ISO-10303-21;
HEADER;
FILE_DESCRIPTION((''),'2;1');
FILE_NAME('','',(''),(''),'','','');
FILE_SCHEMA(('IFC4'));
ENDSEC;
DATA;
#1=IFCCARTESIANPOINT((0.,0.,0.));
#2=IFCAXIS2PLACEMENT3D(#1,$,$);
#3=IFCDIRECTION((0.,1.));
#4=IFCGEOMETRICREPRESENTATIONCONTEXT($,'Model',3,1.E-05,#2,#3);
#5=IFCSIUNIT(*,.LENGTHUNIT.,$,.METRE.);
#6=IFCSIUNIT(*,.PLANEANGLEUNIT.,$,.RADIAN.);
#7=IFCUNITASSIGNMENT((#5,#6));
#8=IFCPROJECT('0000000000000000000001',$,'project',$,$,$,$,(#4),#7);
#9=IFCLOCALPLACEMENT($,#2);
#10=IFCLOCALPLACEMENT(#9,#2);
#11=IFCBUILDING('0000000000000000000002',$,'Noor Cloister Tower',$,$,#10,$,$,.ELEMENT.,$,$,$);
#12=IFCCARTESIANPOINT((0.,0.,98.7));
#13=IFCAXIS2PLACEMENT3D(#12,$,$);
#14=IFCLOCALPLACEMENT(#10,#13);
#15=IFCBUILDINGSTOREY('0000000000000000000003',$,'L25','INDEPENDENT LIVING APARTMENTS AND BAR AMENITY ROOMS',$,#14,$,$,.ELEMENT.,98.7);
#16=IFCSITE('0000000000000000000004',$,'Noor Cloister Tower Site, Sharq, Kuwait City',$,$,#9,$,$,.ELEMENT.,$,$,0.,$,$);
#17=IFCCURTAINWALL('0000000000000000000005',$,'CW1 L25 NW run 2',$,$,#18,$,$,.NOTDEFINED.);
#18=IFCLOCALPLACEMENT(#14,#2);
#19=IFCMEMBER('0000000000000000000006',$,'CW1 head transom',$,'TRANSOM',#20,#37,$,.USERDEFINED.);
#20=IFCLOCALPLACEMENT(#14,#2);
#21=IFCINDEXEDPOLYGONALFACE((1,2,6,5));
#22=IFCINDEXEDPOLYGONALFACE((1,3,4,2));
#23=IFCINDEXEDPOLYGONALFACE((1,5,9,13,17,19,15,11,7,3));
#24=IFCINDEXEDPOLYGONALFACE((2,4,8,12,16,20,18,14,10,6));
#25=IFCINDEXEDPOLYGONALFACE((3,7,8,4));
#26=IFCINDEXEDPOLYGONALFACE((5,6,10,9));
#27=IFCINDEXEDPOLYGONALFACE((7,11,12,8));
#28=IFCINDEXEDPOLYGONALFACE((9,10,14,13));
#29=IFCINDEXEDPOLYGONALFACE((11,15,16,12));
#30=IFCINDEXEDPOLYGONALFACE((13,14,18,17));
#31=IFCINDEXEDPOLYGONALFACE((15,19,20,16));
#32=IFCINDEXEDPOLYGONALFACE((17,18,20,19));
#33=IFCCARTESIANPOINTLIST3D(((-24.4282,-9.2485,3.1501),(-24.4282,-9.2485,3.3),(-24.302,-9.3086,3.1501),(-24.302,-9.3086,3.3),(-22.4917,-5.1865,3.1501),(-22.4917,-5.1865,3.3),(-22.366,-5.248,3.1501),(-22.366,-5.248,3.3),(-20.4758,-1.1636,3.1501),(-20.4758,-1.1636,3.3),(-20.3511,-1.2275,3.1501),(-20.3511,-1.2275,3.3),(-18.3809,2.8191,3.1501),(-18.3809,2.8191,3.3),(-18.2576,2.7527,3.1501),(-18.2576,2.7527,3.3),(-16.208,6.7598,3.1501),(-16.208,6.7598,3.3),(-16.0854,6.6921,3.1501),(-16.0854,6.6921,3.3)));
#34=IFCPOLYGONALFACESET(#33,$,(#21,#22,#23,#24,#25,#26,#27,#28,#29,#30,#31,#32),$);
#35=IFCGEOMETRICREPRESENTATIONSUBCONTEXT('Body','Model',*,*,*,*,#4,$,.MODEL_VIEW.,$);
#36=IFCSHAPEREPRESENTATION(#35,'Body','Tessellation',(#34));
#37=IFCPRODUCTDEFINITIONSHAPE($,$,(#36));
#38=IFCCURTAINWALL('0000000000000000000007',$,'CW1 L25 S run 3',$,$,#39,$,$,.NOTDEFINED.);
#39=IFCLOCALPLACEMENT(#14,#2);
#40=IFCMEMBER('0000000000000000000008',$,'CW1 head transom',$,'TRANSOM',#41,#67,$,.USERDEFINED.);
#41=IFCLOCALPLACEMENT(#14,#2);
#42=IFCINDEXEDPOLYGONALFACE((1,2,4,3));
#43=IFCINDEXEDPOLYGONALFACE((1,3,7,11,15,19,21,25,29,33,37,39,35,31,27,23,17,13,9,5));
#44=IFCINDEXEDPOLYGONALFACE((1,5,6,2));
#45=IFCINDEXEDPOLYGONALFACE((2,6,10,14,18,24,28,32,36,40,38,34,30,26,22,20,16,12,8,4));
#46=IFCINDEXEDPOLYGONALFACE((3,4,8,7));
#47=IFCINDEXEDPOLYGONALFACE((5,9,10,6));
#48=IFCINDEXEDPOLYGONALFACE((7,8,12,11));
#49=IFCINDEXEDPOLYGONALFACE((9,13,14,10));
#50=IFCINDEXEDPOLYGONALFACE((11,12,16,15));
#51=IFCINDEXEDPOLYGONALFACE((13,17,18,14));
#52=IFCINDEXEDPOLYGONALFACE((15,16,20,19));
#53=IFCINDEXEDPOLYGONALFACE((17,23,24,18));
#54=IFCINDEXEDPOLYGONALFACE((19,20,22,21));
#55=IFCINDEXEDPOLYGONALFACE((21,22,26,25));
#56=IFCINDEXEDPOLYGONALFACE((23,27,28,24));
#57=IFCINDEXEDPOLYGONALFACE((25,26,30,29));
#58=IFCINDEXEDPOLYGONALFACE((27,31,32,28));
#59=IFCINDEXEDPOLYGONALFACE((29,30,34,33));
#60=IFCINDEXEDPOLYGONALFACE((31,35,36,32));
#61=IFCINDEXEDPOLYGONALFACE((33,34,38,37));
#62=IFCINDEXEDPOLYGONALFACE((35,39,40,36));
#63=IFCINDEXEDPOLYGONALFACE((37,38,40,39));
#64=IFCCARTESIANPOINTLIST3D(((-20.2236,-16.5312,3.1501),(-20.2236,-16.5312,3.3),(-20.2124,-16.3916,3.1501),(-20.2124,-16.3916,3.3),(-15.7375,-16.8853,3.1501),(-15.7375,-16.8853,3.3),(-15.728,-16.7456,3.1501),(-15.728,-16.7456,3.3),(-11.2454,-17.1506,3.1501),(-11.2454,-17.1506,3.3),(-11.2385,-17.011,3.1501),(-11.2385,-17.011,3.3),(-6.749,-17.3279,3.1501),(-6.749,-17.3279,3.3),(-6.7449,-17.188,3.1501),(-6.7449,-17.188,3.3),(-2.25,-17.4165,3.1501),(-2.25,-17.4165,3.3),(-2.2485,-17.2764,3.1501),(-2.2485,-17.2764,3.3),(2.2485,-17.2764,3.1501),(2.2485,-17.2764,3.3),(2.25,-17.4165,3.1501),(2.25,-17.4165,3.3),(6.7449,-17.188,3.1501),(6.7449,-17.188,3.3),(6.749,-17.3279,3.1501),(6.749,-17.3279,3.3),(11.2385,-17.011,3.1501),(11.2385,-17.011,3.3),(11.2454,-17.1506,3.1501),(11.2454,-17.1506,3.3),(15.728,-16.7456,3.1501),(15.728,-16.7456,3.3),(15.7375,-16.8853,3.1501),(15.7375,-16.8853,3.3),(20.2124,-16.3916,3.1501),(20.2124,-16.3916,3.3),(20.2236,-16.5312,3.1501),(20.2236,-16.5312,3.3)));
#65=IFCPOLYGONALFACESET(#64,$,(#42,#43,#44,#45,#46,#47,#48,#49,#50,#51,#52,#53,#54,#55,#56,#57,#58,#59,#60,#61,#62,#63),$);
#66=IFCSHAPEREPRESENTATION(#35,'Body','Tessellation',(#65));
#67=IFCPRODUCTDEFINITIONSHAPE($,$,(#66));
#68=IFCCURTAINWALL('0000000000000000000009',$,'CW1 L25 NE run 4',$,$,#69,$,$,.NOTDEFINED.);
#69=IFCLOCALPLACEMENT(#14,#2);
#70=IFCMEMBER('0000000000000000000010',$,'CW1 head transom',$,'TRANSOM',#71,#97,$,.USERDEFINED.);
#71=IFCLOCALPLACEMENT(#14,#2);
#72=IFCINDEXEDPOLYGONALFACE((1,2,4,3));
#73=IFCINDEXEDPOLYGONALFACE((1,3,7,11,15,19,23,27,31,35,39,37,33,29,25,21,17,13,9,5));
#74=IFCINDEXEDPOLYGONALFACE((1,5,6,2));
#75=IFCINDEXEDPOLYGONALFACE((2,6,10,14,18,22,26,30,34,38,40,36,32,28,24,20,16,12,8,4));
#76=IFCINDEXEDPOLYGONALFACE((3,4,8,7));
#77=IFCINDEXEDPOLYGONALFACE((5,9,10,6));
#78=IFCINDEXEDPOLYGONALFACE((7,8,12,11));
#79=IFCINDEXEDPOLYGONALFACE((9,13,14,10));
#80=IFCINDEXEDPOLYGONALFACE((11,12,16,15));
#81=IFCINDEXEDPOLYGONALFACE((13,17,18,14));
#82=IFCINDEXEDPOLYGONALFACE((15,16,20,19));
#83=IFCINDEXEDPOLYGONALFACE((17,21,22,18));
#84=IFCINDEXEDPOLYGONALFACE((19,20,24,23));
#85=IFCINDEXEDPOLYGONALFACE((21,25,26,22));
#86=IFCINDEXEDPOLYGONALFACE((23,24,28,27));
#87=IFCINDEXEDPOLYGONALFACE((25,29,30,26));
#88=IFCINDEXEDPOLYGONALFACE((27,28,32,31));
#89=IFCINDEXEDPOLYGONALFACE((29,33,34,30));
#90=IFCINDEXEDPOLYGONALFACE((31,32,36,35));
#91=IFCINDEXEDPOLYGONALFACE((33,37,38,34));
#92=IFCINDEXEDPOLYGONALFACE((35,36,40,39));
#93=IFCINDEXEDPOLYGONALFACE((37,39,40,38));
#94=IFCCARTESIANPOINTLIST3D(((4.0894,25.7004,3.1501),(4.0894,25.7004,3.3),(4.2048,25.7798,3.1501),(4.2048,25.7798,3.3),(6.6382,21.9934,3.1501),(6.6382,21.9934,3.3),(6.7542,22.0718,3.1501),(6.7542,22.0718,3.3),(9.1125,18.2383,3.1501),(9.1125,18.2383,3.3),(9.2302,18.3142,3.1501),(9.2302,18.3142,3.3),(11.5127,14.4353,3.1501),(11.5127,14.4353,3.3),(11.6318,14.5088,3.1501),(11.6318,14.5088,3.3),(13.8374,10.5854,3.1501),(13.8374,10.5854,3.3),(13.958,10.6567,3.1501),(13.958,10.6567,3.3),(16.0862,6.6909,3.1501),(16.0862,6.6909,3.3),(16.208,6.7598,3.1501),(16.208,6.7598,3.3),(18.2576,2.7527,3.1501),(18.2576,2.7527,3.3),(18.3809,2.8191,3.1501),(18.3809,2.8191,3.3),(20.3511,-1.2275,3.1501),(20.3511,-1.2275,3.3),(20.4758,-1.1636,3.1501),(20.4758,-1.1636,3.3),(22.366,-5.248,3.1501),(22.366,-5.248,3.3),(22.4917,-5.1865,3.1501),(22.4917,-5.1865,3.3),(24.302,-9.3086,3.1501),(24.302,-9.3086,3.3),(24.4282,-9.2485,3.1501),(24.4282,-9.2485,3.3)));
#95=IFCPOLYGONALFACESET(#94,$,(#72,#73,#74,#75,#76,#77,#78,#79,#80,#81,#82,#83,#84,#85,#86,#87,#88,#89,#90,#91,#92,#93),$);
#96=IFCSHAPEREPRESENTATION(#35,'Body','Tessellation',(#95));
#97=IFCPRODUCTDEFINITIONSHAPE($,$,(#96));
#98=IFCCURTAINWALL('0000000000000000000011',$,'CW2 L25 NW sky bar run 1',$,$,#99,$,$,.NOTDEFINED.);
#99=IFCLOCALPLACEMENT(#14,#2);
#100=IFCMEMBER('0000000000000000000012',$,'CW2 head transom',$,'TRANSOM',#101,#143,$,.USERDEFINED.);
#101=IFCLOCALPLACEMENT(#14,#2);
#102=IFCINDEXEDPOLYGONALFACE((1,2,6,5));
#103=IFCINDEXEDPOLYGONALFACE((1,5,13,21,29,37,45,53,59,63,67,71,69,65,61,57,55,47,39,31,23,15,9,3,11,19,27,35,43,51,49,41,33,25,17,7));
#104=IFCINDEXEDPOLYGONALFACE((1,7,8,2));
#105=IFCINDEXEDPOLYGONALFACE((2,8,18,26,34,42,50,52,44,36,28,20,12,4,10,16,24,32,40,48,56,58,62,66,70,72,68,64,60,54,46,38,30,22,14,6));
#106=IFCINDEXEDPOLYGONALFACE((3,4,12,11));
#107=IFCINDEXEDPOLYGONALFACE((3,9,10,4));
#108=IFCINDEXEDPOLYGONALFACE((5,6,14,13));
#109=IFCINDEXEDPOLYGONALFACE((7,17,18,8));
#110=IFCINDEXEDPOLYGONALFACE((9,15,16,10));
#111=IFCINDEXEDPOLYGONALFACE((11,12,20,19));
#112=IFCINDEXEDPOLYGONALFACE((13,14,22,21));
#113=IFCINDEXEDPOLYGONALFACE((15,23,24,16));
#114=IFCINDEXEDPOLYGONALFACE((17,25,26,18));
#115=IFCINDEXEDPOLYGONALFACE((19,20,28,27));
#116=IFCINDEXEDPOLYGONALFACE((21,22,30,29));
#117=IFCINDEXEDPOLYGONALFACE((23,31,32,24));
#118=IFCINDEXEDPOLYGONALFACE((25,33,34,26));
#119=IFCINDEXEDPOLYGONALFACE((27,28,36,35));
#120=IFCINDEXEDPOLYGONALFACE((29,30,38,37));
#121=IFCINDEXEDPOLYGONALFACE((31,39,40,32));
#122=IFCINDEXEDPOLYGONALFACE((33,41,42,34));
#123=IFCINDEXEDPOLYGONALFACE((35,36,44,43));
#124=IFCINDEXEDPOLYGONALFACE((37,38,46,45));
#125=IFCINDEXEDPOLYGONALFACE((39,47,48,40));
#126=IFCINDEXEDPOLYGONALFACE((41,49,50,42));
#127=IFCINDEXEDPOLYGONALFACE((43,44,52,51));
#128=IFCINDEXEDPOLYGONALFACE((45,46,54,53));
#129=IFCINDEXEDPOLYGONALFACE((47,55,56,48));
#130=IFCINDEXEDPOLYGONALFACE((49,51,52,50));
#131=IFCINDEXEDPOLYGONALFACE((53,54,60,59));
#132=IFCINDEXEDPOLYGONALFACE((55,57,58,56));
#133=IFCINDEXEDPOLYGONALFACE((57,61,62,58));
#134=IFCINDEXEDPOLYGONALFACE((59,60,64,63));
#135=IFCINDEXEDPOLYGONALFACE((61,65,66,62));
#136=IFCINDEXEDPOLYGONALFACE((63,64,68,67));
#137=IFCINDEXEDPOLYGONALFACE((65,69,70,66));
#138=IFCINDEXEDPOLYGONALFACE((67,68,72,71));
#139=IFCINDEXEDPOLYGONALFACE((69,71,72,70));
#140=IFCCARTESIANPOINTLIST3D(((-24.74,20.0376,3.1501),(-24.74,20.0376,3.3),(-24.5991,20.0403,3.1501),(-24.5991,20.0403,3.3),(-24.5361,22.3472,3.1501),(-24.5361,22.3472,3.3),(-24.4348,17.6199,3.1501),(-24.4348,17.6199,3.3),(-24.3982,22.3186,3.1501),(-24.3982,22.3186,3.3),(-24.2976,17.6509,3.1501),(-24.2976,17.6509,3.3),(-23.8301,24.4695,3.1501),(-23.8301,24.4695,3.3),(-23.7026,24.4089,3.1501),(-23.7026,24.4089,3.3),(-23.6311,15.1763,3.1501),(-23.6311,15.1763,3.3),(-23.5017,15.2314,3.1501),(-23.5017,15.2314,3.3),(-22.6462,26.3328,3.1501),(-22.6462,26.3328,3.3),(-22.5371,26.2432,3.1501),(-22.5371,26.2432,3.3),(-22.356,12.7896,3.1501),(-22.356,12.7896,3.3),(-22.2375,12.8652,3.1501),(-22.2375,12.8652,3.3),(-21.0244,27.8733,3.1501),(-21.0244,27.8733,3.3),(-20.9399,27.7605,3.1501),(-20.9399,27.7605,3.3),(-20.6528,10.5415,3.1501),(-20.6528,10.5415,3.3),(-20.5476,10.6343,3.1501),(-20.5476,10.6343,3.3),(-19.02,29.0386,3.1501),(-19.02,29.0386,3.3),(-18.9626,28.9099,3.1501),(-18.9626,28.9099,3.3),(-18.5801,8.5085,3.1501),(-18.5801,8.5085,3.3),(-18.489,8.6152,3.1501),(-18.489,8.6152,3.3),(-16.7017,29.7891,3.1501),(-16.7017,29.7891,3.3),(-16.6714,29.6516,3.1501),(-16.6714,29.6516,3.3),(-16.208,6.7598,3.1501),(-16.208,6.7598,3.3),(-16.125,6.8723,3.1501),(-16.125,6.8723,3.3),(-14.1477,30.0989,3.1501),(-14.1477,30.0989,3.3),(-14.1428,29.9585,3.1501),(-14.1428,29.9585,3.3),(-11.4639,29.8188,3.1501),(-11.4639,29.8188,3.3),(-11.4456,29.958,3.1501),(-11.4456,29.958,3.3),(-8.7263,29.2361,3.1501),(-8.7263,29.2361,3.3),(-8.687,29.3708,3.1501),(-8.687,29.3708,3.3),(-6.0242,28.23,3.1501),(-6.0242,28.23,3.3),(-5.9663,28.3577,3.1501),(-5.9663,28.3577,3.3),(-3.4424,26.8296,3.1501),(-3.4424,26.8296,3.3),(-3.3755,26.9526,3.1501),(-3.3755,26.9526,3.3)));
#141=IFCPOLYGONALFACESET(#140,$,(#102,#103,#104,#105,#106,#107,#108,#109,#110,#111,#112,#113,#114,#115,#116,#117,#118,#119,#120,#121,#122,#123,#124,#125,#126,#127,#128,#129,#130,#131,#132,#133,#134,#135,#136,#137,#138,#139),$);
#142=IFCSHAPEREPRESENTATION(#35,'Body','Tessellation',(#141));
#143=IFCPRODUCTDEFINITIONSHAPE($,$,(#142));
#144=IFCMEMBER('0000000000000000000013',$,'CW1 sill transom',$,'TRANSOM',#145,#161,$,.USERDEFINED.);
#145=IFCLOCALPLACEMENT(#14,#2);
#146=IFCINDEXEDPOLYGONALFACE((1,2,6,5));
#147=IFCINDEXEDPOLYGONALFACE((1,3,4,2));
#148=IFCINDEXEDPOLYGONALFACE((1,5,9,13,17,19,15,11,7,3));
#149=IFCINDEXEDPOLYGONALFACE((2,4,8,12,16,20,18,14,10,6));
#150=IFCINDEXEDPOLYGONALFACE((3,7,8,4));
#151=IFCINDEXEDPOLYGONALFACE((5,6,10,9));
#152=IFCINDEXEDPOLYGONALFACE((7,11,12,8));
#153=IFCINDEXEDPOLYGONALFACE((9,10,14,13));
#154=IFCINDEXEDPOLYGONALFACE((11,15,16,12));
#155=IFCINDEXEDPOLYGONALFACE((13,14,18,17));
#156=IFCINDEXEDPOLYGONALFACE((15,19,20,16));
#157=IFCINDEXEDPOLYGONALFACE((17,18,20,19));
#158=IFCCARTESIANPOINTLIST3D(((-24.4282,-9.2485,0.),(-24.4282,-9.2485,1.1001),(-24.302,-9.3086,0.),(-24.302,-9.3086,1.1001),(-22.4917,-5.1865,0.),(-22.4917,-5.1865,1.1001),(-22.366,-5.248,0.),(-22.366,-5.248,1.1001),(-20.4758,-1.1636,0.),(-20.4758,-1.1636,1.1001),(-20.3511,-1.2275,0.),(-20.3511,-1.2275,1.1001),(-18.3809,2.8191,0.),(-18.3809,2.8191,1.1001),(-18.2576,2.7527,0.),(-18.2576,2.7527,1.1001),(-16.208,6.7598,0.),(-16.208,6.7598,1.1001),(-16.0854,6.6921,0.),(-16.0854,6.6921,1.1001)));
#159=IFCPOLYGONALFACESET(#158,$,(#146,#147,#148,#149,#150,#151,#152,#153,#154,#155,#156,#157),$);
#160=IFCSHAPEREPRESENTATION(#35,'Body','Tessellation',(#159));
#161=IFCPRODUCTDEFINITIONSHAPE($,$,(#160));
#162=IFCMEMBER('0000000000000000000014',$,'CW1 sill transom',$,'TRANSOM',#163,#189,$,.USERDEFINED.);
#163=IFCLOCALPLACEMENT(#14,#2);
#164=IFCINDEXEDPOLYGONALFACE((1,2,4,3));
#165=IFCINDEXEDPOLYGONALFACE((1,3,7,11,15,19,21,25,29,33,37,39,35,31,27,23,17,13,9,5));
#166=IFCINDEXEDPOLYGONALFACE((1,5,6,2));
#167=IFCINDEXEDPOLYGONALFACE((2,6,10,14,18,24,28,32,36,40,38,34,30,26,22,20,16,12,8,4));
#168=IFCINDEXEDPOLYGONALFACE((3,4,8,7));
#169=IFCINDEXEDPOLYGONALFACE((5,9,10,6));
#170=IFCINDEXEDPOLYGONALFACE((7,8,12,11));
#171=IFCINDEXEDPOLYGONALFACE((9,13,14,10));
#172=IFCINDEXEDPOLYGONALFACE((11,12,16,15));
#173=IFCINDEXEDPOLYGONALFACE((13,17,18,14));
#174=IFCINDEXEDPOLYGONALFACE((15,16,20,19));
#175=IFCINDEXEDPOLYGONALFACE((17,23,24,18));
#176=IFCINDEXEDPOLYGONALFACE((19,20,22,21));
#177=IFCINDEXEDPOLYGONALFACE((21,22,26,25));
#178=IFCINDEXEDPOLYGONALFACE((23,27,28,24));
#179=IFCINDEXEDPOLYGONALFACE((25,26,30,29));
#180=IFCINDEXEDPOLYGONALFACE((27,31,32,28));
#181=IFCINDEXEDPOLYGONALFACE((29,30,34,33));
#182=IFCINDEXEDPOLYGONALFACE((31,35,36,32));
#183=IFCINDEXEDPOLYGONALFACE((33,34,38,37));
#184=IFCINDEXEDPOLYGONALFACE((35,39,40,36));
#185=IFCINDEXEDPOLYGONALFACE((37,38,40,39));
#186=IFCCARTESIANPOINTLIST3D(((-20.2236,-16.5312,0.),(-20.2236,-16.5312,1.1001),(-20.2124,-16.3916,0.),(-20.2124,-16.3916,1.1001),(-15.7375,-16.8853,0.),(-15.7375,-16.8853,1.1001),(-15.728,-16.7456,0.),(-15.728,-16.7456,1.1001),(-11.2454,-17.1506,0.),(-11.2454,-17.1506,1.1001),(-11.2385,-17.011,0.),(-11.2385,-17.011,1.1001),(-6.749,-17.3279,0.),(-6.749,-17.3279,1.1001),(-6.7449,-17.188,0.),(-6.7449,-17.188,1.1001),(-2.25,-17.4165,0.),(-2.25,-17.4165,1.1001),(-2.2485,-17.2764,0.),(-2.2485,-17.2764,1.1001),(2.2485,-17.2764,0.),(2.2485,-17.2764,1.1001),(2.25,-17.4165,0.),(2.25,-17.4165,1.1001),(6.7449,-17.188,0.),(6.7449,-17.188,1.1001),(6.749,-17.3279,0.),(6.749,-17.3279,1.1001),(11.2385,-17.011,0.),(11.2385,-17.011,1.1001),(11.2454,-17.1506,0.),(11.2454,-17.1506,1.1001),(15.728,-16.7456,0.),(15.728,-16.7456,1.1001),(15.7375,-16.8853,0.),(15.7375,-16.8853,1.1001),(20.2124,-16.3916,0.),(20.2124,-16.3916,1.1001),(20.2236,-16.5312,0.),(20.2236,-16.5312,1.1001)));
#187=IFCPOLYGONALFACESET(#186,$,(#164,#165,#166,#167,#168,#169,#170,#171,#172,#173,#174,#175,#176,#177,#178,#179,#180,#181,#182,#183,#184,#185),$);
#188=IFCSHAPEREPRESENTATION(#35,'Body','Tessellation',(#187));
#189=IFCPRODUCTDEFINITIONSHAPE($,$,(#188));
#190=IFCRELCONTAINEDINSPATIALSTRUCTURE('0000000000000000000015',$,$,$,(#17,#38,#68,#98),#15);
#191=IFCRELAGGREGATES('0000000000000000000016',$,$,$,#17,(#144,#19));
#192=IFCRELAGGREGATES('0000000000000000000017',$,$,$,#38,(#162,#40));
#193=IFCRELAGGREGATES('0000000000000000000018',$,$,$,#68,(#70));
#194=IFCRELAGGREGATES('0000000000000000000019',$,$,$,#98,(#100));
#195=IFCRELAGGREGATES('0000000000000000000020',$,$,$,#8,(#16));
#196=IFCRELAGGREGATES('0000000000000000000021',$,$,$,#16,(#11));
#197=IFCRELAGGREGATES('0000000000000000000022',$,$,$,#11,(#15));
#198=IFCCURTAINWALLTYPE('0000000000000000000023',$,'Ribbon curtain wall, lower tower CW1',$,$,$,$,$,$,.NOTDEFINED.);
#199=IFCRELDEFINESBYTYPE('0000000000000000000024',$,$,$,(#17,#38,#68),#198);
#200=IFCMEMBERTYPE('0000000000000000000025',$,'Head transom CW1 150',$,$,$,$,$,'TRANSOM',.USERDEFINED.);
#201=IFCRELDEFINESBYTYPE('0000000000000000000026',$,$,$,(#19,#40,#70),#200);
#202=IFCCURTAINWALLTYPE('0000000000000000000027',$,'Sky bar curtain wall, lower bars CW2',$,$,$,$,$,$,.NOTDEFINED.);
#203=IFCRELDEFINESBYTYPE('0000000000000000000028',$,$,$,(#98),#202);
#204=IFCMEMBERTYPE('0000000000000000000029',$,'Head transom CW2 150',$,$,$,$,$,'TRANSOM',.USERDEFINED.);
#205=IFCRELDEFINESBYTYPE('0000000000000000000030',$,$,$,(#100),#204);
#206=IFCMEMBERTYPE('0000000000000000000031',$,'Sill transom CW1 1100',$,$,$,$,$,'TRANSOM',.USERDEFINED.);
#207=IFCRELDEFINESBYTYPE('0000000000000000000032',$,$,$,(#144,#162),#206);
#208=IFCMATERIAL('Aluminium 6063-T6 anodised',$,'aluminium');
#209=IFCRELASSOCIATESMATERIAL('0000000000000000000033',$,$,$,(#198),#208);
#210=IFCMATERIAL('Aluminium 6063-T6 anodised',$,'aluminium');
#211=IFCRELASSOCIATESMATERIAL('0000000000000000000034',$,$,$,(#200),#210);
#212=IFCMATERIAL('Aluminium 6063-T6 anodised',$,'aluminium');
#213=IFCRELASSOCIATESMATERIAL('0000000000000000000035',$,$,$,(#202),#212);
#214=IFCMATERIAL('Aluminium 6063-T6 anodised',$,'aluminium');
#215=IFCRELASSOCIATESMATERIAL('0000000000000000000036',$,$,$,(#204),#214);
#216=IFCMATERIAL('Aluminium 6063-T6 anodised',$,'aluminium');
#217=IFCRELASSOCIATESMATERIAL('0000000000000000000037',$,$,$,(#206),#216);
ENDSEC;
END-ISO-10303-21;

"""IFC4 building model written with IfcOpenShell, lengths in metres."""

from ifc_helpers import new_model, si_unit, direction, frame, origin, place, context, subcontext, project, spatial, polyline, outline, extrude, material, type_object, element, aggregate, save


model = new_model("IFC4")

# Units and contexts
model_context = context("Model", 3, precision=1e-05, world=origin(), true_north=direction((0.0, 1.0)))
body_context = subcontext(model_context, "Body", "Model", "MODEL_VIEW")
ifc_project = project(units=[si_unit("LENGTHUNIT", "METRE"), si_unit("PLANEANGLEUNIT", "RADIAN")], contexts=[model_context])

# Site, building, storey
site_placement = place(None, origin())
site = spatial("IfcSite", under=ifc_project, at=site_placement, Name="Noor Cloister Tower Site, Sharq, Kuwait City", CompositionType="ELEMENT", RefElevation=0.0)
building_placement = place(site_placement, origin())
building = spatial("IfcBuilding", under=site, at=building_placement, Name="Noor Cloister Tower", CompositionType="ELEMENT")
storey_placement = place(building_placement, frame((0.0, 0.0, 98.7)))
storey = spatial("IfcBuildingStorey", under=building, at=storey_placement, Name="L25", Description="INDEPENDENT LIVING APARTMENTS AND BAR AMENITY ROOMS", CompositionType="ELEMENT", Elevation=98.7)

# Curtain walls, members
ifc_material_1 = material(Name="Aluminium 6063-T6 anodised", Category="aluminium")
curtain_wall_type_1 = type_object("IfcCurtainWallType", Name="Ribbon curtain wall, lower tower CW1", PredefinedType="NOTDEFINED", material=ifc_material_1)
curtain_wall_1_placement = place(storey_placement, origin())
curtain_wall_1 = element("IfcCurtainWall", 1, at=curtain_wall_1_placement, inside=storey, type_object=curtain_wall_type_1, Name="CW1 L25 NW run 2", PredefinedType="NOTDEFINED")
ifc_material_2 = material(Name="Aluminium 6063-T6 anodised", Category="aluminium")
member_type_1 = type_object("IfcMemberType", Name="Head transom CW1 150", ElementType="TRANSOM", PredefinedType="USERDEFINED", material=ifc_material_2)
member_1_placement = place(storey_placement, frame((0.0, 0.0, 3.1501)))
member_1 = element("IfcMember", 2, at=member_1_placement, type_object=member_type_1, Name="CW1 head transom", ObjectType="TRANSOM", PredefinedType="USERDEFINED", context=body_context, shape_type="SweptSolid", body=[
    extrude(outline(polyline([(-16.208, 6.7598), (-18.3809, 2.8191), (-20.4758, -1.1636), (-22.4917, -5.1865), (-24.4282, -9.2485), (-24.302, -9.3086), (-22.366, -5.248), (-20.3511, -1.2275), (-18.2576, 2.7527), (-16.0854, 6.6921), (-16.208, 6.7598)])), origin(), (0.0, 0.0, 1.0), 0.1499),
])
curtain_wall_2_placement = place(storey_placement, origin())
curtain_wall_2 = element("IfcCurtainWall", 3, at=curtain_wall_2_placement, inside=storey, type_object=curtain_wall_type_1, Name="CW1 L25 S run 3", PredefinedType="NOTDEFINED")
member_2_placement = place(storey_placement, frame((0.0, 0.0, 3.1501)))
member_2 = element("IfcMember", 4, at=member_2_placement, type_object=member_type_1, Name="CW1 head transom", ObjectType="TRANSOM", PredefinedType="USERDEFINED", context=body_context, shape_type="SweptSolid", body=[
    extrude(outline(polyline([(-20.2236, -16.5312), (-15.7375, -16.8853), (-11.2454, -17.1506), (-6.749, -17.3279), (-2.25, -17.4165), (2.25, -17.4165), (6.749, -17.3279), (11.2454, -17.1506), (15.7375, -16.8853), (20.2236, -16.5312), (20.2124, -16.3916), (15.728, -16.7456), (11.2385, -17.011), (6.7449, -17.188), (2.2485, -17.2764), (-2.2485, -17.2764), (-6.7449, -17.188), (-11.2385, -17.011), (-15.728, -16.7456), (-20.2124, -16.3916), (-20.2236, -16.5312)])), origin(), (0.0, 0.0, 1.0), 0.1499),
])
curtain_wall_3_placement = place(storey_placement, origin())
curtain_wall_3 = element("IfcCurtainWall", 5, at=curtain_wall_3_placement, inside=storey, type_object=curtain_wall_type_1, Name="CW1 L25 NE run 4", PredefinedType="NOTDEFINED")
member_3_placement = place(storey_placement, frame((0.0, 0.0, 3.1501)))
member_3 = element("IfcMember", 6, at=member_3_placement, type_object=member_type_1, Name="CW1 head transom", ObjectType="TRANSOM", PredefinedType="USERDEFINED", context=body_context, shape_type="SweptSolid", body=[
    extrude(outline(polyline([(24.4282, -9.2485), (22.4917, -5.1865), (20.4758, -1.1636), (18.3809, 2.8191), (16.208, 6.7598), (13.958, 10.6567), (11.6318, 14.5088), (9.2302, 18.3142), (6.7542, 22.0718), (4.2048, 25.7798), (4.0894, 25.7004), (6.6382, 21.9934), (9.1125, 18.2383), (11.5127, 14.4353), (13.8374, 10.5854), (16.0862, 6.6909), (18.2576, 2.7527), (20.3511, -1.2275), (22.366, -5.248), (24.302, -9.3086), (24.4282, -9.2485)])), origin(), (0.0, 0.0, 1.0), 0.1499),
])
ifc_material_3 = material(Name="Aluminium 6063-T6 anodised", Category="aluminium")
curtain_wall_type_2 = type_object("IfcCurtainWallType", Name="Sky bar curtain wall, lower bars CW2", PredefinedType="NOTDEFINED", material=ifc_material_3)
curtain_wall_4_placement = place(storey_placement, origin())
curtain_wall_4 = element("IfcCurtainWall", 7, at=curtain_wall_4_placement, inside=storey, type_object=curtain_wall_type_2, Name="CW2 L25 NW sky bar run 1", PredefinedType="NOTDEFINED")
ifc_material_4 = material(Name="Aluminium 6063-T6 anodised", Category="aluminium")
member_type_2 = type_object("IfcMemberType", Name="Head transom CW2 150", ElementType="TRANSOM", PredefinedType="USERDEFINED", material=ifc_material_4)
member_4_placement = place(storey_placement, frame((0.0, 0.0, 3.1501)))
member_4 = element("IfcMember", 8, at=member_4_placement, type_object=member_type_2, Name="CW2 head transom", ObjectType="TRANSOM", PredefinedType="USERDEFINED", context=body_context, shape_type="SweptSolid", body=[
    extrude(outline(polyline([(-3.3755, 26.9526), (-5.9663, 28.3577), (-8.687, 29.3708), (-11.4456, 29.958), (-14.1477, 30.0989), (-16.7017, 29.7891), (-19.02, 29.0386), (-21.0244, 27.8733), (-22.6462, 26.3328), (-23.8301, 24.4695), (-24.5361, 22.3472), (-24.74, 20.0376), (-24.4348, 17.6199), (-23.6311, 15.1763), (-22.356, 12.7896), (-20.6528, 10.5415), (-18.5801, 8.5085), (-16.208, 6.7598), (-16.125, 6.8723), (-18.489, 8.6152), (-20.5476, 10.6343), (-22.2375, 12.8652), (-23.5017, 15.2314), (-24.2976, 17.6509), (-24.5991, 20.0403), (-24.3982, 22.3186), (-23.7026, 24.4089), (-22.5371, 26.2432), (-20.9399, 27.7605), (-18.9626, 28.9099), (-16.6714, 29.6516), (-14.1428, 29.9585), (-11.4639, 29.8188), (-8.7263, 29.2361), (-6.0242, 28.23), (-3.4424, 26.8296), (-3.3755, 26.9526)])), origin(), (0.0, 0.0, 1.0), 0.1499),
])

# Members
ifc_material_5 = material(Name="Aluminium 6063-T6 anodised", Category="aluminium")
member_type_3 = type_object("IfcMemberType", Name="Sill transom CW1 1100", ElementType="TRANSOM", PredefinedType="USERDEFINED", material=ifc_material_5)
member_5_placement = place(storey_placement, origin())
member_5 = element("IfcMember", 9, at=member_5_placement, type_object=member_type_3, Name="CW1 sill transom", ObjectType="TRANSOM", PredefinedType="USERDEFINED", context=body_context, shape_type="SweptSolid", body=[
    extrude(outline(polyline([(-16.208, 6.7598), (-18.3809, 2.8191), (-20.4758, -1.1636), (-22.4917, -5.1865), (-24.4282, -9.2485), (-24.302, -9.3086), (-22.366, -5.248), (-20.3511, -1.2275), (-18.2576, 2.7527), (-16.0854, 6.6921), (-16.208, 6.7598)])), origin(), (0.0, 0.0, 1.0), 1.1001),
])
aggregate(curtain_wall_1, [member_5, member_1])
member_6_placement = place(storey_placement, origin())
member_6 = element("IfcMember", 10, at=member_6_placement, type_object=member_type_3, Name="CW1 sill transom", ObjectType="TRANSOM", PredefinedType="USERDEFINED", context=body_context, shape_type="SweptSolid", body=[
    extrude(outline(polyline([(-20.2236, -16.5312), (-15.7375, -16.8853), (-11.2454, -17.1506), (-6.749, -17.3279), (-2.25, -17.4165), (2.25, -17.4165), (6.749, -17.3279), (11.2454, -17.1506), (15.7375, -16.8853), (20.2236, -16.5312), (20.2124, -16.3916), (15.728, -16.7456), (11.2385, -17.011), (6.7449, -17.188), (2.2485, -17.2764), (-2.2485, -17.2764), (-6.7449, -17.188), (-11.2385, -17.011), (-15.728, -16.7456), (-20.2124, -16.3916), (-20.2236, -16.5312)])), origin(), (0.0, 0.0, 1.0), 1.1001),
])
aggregate(curtain_wall_2, [member_6, member_2])
aggregate(curtain_wall_3, [member_3])
aggregate(curtain_wall_4, [member_4])

save(model, "model.ifc")
